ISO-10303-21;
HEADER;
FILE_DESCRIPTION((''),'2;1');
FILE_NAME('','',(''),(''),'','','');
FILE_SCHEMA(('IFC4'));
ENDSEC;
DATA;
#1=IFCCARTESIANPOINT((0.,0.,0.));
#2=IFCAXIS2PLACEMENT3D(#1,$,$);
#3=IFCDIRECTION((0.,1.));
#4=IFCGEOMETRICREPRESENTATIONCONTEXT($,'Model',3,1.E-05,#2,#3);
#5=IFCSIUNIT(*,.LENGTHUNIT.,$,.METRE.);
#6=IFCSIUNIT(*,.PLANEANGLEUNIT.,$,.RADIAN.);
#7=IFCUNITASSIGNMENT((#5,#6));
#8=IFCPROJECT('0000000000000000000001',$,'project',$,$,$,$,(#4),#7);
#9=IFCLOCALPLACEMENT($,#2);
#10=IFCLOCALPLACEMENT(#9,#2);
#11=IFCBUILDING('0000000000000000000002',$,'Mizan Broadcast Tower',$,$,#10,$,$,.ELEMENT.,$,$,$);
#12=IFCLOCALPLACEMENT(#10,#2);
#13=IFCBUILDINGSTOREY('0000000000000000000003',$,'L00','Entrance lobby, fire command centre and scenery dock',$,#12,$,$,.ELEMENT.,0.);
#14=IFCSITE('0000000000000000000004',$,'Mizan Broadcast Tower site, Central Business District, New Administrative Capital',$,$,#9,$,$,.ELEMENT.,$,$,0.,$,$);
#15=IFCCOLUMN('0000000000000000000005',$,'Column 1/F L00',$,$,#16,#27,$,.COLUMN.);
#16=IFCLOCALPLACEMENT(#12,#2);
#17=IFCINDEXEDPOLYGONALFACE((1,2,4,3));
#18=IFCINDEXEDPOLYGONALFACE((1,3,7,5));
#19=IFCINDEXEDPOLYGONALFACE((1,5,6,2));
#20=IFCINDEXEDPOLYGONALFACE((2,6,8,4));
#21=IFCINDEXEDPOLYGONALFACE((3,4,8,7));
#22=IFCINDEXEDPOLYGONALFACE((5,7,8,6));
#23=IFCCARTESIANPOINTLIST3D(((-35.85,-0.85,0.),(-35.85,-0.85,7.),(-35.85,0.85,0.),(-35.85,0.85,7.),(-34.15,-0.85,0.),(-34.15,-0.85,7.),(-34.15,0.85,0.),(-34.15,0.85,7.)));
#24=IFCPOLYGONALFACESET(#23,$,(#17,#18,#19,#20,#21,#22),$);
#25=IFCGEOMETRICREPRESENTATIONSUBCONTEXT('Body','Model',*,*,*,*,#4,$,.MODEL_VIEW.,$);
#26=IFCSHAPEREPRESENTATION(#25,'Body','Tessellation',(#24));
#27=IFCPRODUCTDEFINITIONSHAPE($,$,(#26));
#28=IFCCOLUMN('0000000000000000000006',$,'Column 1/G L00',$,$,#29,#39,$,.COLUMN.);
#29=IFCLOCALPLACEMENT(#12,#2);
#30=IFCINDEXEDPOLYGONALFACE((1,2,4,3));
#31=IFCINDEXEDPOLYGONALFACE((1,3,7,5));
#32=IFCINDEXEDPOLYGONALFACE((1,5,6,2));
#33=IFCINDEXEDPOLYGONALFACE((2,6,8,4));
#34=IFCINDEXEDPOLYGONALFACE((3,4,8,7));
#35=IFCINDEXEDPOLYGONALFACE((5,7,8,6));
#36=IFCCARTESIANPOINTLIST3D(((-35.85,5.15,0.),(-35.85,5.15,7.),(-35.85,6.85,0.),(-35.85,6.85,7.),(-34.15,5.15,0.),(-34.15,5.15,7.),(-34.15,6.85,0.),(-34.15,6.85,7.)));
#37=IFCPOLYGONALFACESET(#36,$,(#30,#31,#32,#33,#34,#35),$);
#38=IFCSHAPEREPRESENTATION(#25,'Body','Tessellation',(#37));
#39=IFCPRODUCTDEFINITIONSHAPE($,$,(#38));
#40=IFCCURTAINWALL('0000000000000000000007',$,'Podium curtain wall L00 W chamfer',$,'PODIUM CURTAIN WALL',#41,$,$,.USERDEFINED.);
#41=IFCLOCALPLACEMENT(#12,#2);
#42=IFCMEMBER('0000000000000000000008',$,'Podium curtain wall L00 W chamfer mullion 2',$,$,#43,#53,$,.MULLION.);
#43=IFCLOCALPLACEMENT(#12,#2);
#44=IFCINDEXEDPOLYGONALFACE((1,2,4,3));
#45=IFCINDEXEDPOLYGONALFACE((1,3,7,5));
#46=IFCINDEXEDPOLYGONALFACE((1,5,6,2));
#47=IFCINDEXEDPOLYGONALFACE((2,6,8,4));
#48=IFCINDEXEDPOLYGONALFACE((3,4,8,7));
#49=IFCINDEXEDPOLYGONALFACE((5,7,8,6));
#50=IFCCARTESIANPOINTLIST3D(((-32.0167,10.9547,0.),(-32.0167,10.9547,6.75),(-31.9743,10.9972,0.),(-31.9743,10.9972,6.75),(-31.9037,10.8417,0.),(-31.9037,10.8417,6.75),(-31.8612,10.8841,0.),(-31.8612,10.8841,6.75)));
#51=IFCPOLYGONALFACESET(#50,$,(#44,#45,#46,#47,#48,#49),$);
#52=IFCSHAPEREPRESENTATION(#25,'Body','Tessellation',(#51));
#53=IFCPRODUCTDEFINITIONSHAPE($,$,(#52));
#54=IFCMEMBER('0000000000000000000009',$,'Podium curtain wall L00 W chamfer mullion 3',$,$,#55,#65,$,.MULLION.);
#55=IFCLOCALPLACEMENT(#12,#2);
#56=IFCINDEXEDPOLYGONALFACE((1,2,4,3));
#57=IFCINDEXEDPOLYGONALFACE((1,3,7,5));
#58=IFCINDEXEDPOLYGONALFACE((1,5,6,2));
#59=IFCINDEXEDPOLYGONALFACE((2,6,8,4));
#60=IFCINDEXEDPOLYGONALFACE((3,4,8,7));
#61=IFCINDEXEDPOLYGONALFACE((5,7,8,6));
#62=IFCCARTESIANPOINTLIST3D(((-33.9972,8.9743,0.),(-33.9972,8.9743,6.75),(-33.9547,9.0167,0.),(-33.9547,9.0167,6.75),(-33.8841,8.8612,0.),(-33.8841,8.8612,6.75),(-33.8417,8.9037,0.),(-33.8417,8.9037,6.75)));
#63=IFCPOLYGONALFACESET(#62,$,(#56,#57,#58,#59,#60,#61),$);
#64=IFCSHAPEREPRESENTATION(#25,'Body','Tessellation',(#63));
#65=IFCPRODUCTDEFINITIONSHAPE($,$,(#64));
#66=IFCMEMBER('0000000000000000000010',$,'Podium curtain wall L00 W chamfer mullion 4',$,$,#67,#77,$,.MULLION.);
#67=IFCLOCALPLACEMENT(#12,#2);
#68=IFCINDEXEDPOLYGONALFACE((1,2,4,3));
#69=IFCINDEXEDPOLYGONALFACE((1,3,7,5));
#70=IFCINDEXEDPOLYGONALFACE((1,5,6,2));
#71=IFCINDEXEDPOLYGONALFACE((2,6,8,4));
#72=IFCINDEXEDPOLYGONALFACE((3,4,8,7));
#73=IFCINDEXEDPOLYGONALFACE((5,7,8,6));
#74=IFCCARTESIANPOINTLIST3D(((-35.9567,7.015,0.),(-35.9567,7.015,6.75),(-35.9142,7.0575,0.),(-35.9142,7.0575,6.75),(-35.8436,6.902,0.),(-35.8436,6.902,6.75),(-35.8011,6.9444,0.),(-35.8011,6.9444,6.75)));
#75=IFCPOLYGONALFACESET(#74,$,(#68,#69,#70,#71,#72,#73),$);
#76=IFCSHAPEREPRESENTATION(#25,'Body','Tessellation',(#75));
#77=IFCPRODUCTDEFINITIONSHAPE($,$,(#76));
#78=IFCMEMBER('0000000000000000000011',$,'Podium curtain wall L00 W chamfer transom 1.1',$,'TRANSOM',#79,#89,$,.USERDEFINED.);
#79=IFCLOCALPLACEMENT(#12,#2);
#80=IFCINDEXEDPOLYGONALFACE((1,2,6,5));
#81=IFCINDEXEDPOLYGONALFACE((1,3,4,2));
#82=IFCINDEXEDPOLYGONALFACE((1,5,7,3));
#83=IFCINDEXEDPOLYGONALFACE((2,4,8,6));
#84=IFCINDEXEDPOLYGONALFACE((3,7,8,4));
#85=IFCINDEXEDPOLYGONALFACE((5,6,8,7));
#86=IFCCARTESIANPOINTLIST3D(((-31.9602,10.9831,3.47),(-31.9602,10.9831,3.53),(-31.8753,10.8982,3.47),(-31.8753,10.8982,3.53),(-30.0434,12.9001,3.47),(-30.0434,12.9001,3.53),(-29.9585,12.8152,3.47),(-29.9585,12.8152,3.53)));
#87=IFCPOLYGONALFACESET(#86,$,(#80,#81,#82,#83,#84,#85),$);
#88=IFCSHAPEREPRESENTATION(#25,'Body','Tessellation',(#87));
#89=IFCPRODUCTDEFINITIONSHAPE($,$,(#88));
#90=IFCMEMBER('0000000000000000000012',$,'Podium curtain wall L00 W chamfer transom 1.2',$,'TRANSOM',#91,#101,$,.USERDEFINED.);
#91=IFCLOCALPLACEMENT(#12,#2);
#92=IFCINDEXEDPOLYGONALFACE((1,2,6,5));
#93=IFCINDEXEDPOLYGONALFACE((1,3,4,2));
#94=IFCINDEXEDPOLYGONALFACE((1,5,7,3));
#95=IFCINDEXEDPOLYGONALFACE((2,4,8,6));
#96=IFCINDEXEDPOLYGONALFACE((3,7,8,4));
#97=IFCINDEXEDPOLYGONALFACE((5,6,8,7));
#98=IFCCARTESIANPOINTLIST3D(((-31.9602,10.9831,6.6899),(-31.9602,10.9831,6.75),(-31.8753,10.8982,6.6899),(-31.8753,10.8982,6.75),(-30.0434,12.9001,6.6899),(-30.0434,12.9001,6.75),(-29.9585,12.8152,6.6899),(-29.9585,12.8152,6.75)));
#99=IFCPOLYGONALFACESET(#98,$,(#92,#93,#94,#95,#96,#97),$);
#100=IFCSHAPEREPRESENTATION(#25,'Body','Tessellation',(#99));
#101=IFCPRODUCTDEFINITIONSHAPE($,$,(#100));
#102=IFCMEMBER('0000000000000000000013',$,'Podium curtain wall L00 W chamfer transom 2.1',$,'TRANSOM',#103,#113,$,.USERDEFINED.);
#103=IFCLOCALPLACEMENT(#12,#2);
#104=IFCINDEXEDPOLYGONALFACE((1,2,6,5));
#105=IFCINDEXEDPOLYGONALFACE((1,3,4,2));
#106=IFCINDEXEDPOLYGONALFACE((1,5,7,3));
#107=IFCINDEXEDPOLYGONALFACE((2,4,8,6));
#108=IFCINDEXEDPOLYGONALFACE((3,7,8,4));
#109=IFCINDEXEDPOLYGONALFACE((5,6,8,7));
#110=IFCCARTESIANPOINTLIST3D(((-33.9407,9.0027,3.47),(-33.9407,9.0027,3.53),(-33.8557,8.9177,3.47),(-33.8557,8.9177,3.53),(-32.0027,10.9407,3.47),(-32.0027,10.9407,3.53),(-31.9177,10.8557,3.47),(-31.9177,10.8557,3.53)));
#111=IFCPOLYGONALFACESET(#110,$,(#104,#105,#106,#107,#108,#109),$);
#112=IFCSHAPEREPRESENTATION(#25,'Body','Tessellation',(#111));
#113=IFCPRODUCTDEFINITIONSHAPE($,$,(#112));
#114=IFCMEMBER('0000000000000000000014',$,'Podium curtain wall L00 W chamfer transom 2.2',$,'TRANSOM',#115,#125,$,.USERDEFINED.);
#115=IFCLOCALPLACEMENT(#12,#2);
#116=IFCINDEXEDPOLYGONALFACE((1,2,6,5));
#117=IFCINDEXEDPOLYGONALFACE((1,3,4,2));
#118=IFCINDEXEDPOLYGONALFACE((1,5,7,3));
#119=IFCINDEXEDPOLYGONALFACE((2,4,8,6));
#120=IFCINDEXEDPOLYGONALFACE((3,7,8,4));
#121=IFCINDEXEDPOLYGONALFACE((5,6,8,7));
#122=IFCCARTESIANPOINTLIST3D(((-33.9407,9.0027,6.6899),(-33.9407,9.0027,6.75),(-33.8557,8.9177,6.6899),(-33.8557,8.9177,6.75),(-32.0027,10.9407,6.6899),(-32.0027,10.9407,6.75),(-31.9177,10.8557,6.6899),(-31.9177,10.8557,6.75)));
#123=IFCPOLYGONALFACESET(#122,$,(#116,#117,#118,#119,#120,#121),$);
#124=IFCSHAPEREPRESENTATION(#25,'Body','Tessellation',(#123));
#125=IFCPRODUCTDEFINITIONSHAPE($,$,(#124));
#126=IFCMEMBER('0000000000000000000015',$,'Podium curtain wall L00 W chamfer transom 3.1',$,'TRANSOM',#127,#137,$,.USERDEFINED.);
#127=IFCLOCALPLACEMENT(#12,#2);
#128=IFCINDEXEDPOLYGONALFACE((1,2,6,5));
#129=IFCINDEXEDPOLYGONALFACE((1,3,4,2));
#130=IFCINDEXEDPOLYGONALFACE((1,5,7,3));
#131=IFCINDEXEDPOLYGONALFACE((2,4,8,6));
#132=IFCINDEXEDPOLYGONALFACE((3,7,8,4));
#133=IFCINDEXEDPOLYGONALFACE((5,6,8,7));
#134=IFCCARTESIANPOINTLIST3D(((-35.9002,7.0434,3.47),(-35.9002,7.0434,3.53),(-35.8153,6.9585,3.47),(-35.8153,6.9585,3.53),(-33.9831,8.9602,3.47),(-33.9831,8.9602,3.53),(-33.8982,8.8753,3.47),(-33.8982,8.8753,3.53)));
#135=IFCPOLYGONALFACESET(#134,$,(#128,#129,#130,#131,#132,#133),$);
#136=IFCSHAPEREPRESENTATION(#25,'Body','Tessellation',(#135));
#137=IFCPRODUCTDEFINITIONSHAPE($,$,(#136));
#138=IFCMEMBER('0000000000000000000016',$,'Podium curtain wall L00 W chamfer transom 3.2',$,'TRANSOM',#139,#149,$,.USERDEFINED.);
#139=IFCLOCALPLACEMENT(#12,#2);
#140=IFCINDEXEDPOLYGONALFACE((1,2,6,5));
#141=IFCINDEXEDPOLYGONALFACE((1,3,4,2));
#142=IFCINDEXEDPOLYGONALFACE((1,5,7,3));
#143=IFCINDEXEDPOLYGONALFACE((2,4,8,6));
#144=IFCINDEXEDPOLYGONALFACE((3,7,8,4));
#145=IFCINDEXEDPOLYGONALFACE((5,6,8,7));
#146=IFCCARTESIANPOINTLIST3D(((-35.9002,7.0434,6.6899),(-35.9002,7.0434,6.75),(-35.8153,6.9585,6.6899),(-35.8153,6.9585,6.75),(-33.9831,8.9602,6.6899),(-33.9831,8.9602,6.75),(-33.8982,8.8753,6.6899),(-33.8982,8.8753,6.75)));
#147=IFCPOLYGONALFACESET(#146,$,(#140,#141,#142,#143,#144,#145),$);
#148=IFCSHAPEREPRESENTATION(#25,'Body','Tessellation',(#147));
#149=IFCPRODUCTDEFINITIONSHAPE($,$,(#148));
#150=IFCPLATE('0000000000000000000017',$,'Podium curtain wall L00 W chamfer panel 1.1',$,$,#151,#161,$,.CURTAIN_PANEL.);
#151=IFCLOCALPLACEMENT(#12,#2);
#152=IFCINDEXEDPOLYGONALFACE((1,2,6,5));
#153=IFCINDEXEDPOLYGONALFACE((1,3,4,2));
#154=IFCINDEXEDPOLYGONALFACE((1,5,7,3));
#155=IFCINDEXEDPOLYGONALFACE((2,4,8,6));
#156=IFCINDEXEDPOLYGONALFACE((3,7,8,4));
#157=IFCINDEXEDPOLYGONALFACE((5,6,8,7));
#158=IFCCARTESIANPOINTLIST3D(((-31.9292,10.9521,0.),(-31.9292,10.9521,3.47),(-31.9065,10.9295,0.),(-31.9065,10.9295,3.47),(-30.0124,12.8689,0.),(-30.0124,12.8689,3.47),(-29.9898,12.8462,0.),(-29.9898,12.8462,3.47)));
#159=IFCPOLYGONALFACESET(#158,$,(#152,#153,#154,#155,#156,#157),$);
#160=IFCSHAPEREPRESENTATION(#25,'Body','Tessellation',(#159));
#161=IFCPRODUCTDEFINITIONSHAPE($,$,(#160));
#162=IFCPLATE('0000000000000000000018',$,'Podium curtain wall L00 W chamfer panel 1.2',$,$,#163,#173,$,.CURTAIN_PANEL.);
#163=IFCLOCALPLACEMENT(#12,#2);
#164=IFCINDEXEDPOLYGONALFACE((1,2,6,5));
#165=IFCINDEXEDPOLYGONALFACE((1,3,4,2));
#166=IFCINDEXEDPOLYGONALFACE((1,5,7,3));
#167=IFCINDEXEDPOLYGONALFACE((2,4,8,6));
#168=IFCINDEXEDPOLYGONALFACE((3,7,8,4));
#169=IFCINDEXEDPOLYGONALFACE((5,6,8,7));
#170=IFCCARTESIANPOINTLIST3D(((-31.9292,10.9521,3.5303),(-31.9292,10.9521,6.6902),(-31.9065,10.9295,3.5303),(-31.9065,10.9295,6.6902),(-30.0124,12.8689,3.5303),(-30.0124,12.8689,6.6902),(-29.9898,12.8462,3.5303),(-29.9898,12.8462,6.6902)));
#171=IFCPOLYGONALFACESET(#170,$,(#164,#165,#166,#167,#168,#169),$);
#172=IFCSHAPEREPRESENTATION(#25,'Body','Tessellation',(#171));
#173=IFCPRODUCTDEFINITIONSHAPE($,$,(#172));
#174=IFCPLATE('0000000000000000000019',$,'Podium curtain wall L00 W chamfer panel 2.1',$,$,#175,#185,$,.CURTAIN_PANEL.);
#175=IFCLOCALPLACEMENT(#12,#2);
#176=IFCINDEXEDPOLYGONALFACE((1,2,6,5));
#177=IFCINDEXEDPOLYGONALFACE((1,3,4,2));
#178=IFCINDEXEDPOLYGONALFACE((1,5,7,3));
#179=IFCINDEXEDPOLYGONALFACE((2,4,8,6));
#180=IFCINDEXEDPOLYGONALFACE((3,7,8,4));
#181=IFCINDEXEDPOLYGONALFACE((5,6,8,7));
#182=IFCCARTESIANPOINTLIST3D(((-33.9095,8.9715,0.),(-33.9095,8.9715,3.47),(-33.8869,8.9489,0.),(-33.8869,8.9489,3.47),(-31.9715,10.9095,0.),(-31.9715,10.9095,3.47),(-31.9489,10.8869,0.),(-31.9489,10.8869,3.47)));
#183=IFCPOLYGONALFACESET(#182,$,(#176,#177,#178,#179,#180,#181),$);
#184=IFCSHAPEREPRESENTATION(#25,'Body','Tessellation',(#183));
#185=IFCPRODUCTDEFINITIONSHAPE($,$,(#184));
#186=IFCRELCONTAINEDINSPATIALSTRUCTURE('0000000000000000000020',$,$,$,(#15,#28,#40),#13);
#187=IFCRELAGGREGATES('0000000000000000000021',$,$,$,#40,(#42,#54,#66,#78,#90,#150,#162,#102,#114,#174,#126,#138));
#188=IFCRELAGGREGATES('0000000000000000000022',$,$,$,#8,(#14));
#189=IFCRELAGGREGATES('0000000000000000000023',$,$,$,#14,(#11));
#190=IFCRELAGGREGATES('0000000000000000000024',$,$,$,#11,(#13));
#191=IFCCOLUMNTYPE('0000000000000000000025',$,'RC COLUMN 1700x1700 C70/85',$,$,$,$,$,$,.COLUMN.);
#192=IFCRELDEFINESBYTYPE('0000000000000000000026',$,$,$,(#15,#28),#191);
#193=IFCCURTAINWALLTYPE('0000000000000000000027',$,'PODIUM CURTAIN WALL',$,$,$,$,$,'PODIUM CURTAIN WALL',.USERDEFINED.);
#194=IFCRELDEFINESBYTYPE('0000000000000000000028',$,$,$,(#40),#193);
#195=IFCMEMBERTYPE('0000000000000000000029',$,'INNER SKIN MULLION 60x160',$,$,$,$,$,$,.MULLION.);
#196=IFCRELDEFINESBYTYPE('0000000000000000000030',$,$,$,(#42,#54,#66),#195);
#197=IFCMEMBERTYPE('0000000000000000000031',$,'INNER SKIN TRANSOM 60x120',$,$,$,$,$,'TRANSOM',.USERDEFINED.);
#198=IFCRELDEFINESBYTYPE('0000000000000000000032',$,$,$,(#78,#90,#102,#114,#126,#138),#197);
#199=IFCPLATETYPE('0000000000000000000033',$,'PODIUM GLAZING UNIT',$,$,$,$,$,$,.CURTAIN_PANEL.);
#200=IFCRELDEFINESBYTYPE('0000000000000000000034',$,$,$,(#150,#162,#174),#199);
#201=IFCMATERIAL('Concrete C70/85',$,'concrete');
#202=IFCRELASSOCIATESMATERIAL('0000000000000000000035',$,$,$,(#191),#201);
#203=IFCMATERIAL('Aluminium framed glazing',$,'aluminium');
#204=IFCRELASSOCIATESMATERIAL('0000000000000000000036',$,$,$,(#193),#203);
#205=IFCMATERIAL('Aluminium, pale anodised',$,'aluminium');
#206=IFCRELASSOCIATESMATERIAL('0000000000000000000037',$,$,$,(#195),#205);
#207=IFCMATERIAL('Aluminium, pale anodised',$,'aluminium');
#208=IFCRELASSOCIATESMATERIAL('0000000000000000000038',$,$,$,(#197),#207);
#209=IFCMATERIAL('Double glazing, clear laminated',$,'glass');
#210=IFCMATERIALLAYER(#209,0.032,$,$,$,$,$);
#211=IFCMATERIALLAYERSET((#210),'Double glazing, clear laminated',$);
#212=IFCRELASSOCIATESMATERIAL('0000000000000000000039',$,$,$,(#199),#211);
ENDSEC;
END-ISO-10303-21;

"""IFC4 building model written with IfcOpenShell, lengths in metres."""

from ifc_helpers import new_model, si_unit, direction, frame, origin, origin_2d, place, context, subcontext, project, spatial, rectangle, extrude, material, layer, layer_set, material_profile, profile_set, type_object, element, aggregate, save


model = new_model("IFC4")

# Units and contexts
model_context = context("Model", 3, precision=1e-05, world=origin(), true_north=direction((0.0, 1.0)))
body_context = subcontext(model_context, "Body", "Model", "MODEL_VIEW")
ifc_project = project(units=[si_unit("LENGTHUNIT", "METRE"), si_unit("PLANEANGLEUNIT", "RADIAN")], contexts=[model_context])

# Site, building, storey
site_placement = place(None, origin())
site = spatial("IfcSite", under=ifc_project, at=site_placement, Name="Mizan Broadcast Tower site, Central Business District, New Administrative Capital", CompositionType="ELEMENT", RefElevation=0.0)
building_placement = place(site_placement, origin())
building = spatial("IfcBuilding", under=site, at=building_placement, Name="Mizan Broadcast Tower", CompositionType="ELEMENT")
storey_placement = place(building_placement, origin())
storey = spatial("IfcBuildingStorey", under=building, at=storey_placement, Name="L00", Description="Entrance lobby, fire command centre and scenery dock", CompositionType="ELEMENT", Elevation=0.0)

# Columns
ifc_material_1 = material(Name="Concrete C70/85", Category="concrete")
ifc_material_profile_1 = material_profile(ifc_material_1, rectangle(XDim=1.7, YDim=1.7, at=origin_2d()), Name="RC 1700x1700")
ifc_profile_set_1 = profile_set([ifc_material_profile_1], Name="Concrete C70/85")
column_type = type_object("IfcColumnType", Name="RC COLUMN 1700x1700 C70/85", PredefinedType="COLUMN", material=ifc_profile_set_1)
for number, where, z_axis, x_axis, name in (
    (1, (-35.0, 0.0, 0.0), (0.0, 0.0, 1.0), (1.0, 0.0, 0.0), "Column 1/F L00"),
    (2, (-35.0, 6.0, 0.0), (0.0, 0.0, 1.0), (1.0, 0.0, 0.0), "Column 1/G L00"),
):
    element("IfcColumn", number, at=place(storey_placement, frame(where, z_axis=z_axis, x_axis=x_axis)), inside=storey, type_object=column_type, Name=name, PredefinedType="COLUMN", context=body_context, shape_type="SweptSolid", body=[
        extrude(rectangle(XDim=1.7, YDim=1.7, at=origin_2d()), origin(), (0.0, 0.0, 1.0), 7.0),
    ])

# Curtain wall, members, plates
ifc_material_2 = material(Name="Aluminium framed glazing", Category="aluminium")
curtain_wall_type = type_object("IfcCurtainWallType", Name="PODIUM CURTAIN WALL", ElementType="PODIUM CURTAIN WALL", PredefinedType="USERDEFINED", material=ifc_material_2)
curtain_wall_placement = place(storey_placement, origin())
curtain_wall = element("IfcCurtainWall", 3, at=curtain_wall_placement, inside=storey, type_object=curtain_wall_type, Name="Podium curtain wall L00 W chamfer", ObjectType="PODIUM CURTAIN WALL", PredefinedType="USERDEFINED")
ifc_material_3 = material(Name="Aluminium, pale anodised", Category="aluminium")
ifc_material_profile_2 = material_profile(ifc_material_3, rectangle(XDim=0.1599, YDim=0.0601, at=origin_2d()), Name="MULLION 160x60")
ifc_profile_set_2 = profile_set([ifc_material_profile_2], Name="Aluminium, pale anodised")
member_type_1 = type_object("IfcMemberType", Name="INNER SKIN MULLION 60x160", PredefinedType="MULLION", material=ifc_profile_set_2)
member_1_placement = place(storey_placement, frame((-31.939, 10.9194, 0.0), z_axis=(0.0, 0.0, 1.0), x_axis=(0.707107, -0.707107, 0.0)))
member_1 = element("IfcMember", 4, at=member_1_placement, type_object=member_type_1, Name="Podium curtain wall L00 W chamfer mullion 2", PredefinedType="MULLION", context=body_context, shape_type="SweptSolid", body=[
    extrude(rectangle(XDim=0.1599, YDim=0.0601, at=origin_2d()), origin(), (0.0, 0.0, 1.0), 6.75),
])
member_2_placement = place(storey_placement, frame((-33.9194, 8.939, 0.0), z_axis=(0.0, 0.0, 1.0), x_axis=(0.707107, -0.707107, 0.0)))
member_2 = element("IfcMember", 5, at=member_2_placement, type_object=member_type_1, Name="Podium curtain wall L00 W chamfer mullion 3", PredefinedType="MULLION", context=body_context, shape_type="SweptSolid", body=[
    extrude(rectangle(XDim=0.1599, YDim=0.0601, at=origin_2d()), origin(), (0.0, 0.0, 1.0), 6.75),
])
member_3_placement = place(storey_placement, frame((-35.8789, 6.9797, 0.0), z_axis=(0.0, 0.0, 1.0), x_axis=(0.707107, -0.707107, 0.0)))
member_3 = element("IfcMember", 6, at=member_3_placement, type_object=member_type_1, Name="Podium curtain wall L00 W chamfer mullion 4", PredefinedType="MULLION", context=body_context, shape_type="SweptSolid", body=[
    extrude(rectangle(XDim=0.1599, YDim=0.0601, at=origin_2d()), origin(), (0.0, 0.0, 1.0), 6.75),
])
ifc_material_4 = material(Name="Aluminium, pale anodised", Category="aluminium")
ifc_material_profile_3 = material_profile(ifc_material_4, rectangle(XDim=0.1201, YDim=0.0601, at=origin_2d()), Name="TRANSOM 120x60")
ifc_profile_set_3 = profile_set([ifc_material_profile_3], Name="Aluminium, pale anodised")
member_type_2 = type_object("IfcMemberType", Name="INNER SKIN TRANSOM 60x120", ElementType="TRANSOM", PredefinedType="USERDEFINED", material=ifc_profile_set_3)
member_4_placement = place(storey_placement, frame((-30.001, 12.8577, 3.5), z_axis=(-0.707062, -0.707152, 0.0), x_axis=(0.707152, -0.707062, 0.0)))
member_4 = element("IfcMember", 7, at=member_4_placement, type_object=member_type_2, Name="Podium curtain wall L00 W chamfer transom 1.1", ObjectType="TRANSOM", PredefinedType="USERDEFINED", context=body_context, shape_type="SweptSolid", body=[
    extrude(rectangle(XDim=0.1201, YDim=0.0601, at=origin_2d()), origin(), (0.0, 0.0, 1.0), 2.7109),
])
member_5_placement = place(storey_placement, frame((-30.001, 12.8577, 6.72), z_axis=(-0.707062, -0.707152, 0.0), x_axis=(0.707152, -0.707062, 0.0)))
member_5 = element("IfcMember", 8, at=member_5_placement, type_object=member_type_2, Name="Podium curtain wall L00 W chamfer transom 1.2", ObjectType="TRANSOM", PredefinedType="USERDEFINED", context=body_context, shape_type="SweptSolid", body=[
    extrude(rectangle(XDim=0.1201, YDim=0.0601, at=origin_2d()), origin(), (0.0, 0.0, 1.0), 2.7109),
])
member_6_placement = place(storey_placement, frame((-31.9602, 10.8982, 3.5), z_axis=(-0.707107, -0.707107, 0.0), x_axis=(0.707107, -0.707107, 0.0)))
member_6 = element("IfcMember", 9, at=member_6_placement, type_object=member_type_2, Name="Podium curtain wall L00 W chamfer transom 2.1", ObjectType="TRANSOM", PredefinedType="USERDEFINED", context=body_context, shape_type="SweptSolid", body=[
    extrude(rectangle(XDim=0.1201, YDim=0.0601, at=origin_2d()), origin(), (0.0, 0.0, 1.0), 2.7407),
])
member_7_placement = place(storey_placement, frame((-31.9602, 10.8982, 6.72), z_axis=(-0.707107, -0.707107, 0.0), x_axis=(0.707107, -0.707107, 0.0)))
member_7 = element("IfcMember", 10, at=member_7_placement, type_object=member_type_2, Name="Podium curtain wall L00 W chamfer transom 2.2", ObjectType="TRANSOM", PredefinedType="USERDEFINED", context=body_context, shape_type="SweptSolid", body=[
    extrude(rectangle(XDim=0.1201, YDim=0.0601, at=origin_2d()), origin(), (0.0, 0.0, 1.0), 2.7407),
])
member_8_placement = place(storey_placement, frame((-33.9407, 8.9177, 3.5), z_axis=(-0.707152, -0.707062, 0.0), x_axis=(0.707062, -0.707152, 0.0)))
member_8 = element("IfcMember", 11, at=member_8_placement, type_object=member_type_2, Name="Podium curtain wall L00 W chamfer transom 3.1", ObjectType="TRANSOM", PredefinedType="USERDEFINED", context=body_context, shape_type="SweptSolid", body=[
    extrude(rectangle(XDim=0.1201, YDim=0.0601, at=origin_2d()), origin(), (0.0, 0.0, 1.0), 2.7109),
])
member_9_placement = place(storey_placement, frame((-33.9407, 8.9177, 6.72), z_axis=(-0.707152, -0.707062, 0.0), x_axis=(0.707062, -0.707152, 0.0)))
member_9 = element("IfcMember", 12, at=member_9_placement, type_object=member_type_2, Name="Podium curtain wall L00 W chamfer transom 3.2", ObjectType="TRANSOM", PredefinedType="USERDEFINED", context=body_context, shape_type="SweptSolid", body=[
    extrude(rectangle(XDim=0.1201, YDim=0.0601, at=origin_2d()), origin(), (0.0, 0.0, 1.0), 2.7109),
])
ifc_material_5 = material(Name="Double glazing, clear laminated", Category="glass")
ifc_layer_1 = layer(ifc_material_5, 0.032)
ifc_layer_set_1 = layer_set([ifc_layer_1], Name="Double glazing, clear laminated")
plate_type = type_object("IfcPlateType", Name="PODIUM GLAZING UNIT", PredefinedType="CURTAIN_PANEL", material=ifc_layer_set_1)
plate_1_placement = place(storey_placement, frame((-30.9595, 11.8992, 0.0), z_axis=(0.0, 0.0, 1.0), x_axis=(-0.707107, -0.707107, 0.0)))
plate_1 = element("IfcPlate", 13, at=plate_1_placement, type_object=plate_type, Name="Podium curtain wall L00 W chamfer panel 1.1", PredefinedType="CURTAIN_PANEL", context=body_context, shape_type="SweptSolid", body=[
    extrude(rectangle(XDim=2.7107, YDim=0.032, at=origin_2d()), origin(), (0.0, 0.0, 1.0), 3.47),
])
plate_2_placement = place(storey_placement, frame((-30.9595, 11.8992, 3.5303), z_axis=(0.0, 0.0, 1.0), x_axis=(-0.707107, -0.707107, 0.0)))
plate_2 = element("IfcPlate", 14, at=plate_2_placement, type_object=plate_type, Name="Podium curtain wall L00 W chamfer panel 1.2", PredefinedType="CURTAIN_PANEL", context=body_context, shape_type="SweptSolid", body=[
    extrude(rectangle(XDim=2.7107, YDim=0.032, at=origin_2d()), origin(), (0.0, 0.0, 1.0), 3.1599),
])
plate_3_placement = place(storey_placement, frame((-32.9292, 9.9292, 0.0), z_axis=(0.0, 0.0, 1.0), x_axis=(-0.707107, -0.707107, 0.0)))
plate_3 = element("IfcPlate", 15, at=plate_3_placement, type_object=plate_type, Name="Podium curtain wall L00 W chamfer panel 2.1", PredefinedType="CURTAIN_PANEL", context=body_context, shape_type="SweptSolid", body=[
    extrude(rectangle(XDim=2.7407, YDim=0.032, at=origin_2d()), origin(), (0.0, 0.0, 1.0), 3.47),
])
aggregate(curtain_wall, [member_1, member_2, member_3, member_4, member_5, plate_1, plate_2, member_6, member_7, plate_3, member_8, member_9])

save(model, "model.ifc")
